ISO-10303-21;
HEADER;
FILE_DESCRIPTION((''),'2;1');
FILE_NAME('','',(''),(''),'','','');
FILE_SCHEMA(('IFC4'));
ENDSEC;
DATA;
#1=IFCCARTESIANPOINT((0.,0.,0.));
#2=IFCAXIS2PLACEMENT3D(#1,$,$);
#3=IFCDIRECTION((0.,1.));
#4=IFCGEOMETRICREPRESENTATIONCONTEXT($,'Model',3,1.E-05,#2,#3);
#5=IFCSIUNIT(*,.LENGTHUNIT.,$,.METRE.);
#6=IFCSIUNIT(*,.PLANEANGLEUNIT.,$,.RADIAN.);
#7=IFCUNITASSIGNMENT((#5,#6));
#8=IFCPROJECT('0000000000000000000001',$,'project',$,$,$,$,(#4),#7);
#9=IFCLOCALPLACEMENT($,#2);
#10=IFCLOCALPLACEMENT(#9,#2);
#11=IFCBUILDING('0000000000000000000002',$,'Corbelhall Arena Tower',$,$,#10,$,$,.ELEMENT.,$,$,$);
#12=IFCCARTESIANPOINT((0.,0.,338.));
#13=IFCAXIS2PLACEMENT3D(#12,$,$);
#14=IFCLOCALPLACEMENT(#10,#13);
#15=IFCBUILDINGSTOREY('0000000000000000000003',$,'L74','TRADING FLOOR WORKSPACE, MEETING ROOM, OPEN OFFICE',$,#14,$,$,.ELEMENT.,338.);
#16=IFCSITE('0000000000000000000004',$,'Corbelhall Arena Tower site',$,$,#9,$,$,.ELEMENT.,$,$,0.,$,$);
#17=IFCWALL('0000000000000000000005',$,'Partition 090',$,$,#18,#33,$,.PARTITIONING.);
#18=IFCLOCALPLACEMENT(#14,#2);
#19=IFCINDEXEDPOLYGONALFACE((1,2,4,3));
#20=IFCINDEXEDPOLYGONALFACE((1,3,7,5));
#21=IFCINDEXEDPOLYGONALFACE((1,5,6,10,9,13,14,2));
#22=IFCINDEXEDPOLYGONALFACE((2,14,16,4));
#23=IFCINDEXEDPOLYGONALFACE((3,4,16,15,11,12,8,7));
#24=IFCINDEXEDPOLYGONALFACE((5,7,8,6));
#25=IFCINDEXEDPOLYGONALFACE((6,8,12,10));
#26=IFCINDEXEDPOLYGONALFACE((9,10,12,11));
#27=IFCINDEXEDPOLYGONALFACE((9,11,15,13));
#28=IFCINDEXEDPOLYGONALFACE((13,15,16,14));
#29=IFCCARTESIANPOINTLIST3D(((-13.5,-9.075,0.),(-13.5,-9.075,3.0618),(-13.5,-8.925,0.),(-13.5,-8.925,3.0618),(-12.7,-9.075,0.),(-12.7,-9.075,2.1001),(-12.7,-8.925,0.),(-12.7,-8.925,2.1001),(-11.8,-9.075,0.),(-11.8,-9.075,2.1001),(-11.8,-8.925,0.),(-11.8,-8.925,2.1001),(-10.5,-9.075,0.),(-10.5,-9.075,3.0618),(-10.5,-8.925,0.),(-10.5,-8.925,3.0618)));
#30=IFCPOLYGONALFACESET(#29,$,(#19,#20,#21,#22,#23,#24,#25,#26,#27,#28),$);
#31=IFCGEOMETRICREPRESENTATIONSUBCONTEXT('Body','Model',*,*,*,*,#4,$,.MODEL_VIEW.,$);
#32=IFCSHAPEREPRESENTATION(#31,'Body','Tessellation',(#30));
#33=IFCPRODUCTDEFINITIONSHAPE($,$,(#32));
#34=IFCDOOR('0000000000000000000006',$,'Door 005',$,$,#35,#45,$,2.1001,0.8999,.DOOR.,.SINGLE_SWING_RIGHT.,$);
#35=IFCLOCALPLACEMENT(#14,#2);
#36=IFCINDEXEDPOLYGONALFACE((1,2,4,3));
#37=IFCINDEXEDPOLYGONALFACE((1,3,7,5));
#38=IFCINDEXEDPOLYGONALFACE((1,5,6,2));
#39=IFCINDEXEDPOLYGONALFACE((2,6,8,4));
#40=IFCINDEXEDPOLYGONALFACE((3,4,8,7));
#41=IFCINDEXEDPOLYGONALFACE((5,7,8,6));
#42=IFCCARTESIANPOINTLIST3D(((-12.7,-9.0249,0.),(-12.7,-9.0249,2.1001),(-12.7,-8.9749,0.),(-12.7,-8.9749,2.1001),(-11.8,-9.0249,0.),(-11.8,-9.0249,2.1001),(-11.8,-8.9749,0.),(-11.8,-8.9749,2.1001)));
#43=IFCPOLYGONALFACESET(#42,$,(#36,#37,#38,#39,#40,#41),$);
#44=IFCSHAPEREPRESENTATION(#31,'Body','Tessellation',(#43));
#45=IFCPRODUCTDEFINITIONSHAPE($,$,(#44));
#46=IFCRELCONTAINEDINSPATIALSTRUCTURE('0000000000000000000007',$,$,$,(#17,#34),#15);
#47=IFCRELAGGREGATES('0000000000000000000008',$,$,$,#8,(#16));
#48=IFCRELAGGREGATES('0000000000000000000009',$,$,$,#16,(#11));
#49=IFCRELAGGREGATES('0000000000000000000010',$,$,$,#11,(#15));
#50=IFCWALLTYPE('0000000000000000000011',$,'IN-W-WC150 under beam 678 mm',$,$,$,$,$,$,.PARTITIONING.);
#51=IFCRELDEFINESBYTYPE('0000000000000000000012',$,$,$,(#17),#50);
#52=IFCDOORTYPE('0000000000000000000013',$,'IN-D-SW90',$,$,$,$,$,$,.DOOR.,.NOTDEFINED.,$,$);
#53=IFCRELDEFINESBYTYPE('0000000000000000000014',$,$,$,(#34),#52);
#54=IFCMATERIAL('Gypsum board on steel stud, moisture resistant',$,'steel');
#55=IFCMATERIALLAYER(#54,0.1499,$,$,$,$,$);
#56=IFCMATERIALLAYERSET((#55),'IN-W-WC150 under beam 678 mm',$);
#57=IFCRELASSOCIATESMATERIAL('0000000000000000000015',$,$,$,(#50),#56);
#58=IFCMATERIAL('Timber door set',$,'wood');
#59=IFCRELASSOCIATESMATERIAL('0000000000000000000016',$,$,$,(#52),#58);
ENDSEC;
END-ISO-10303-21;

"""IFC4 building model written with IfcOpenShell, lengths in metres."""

from ifc_helpers import new_model, si_unit, direction, frame, frame_2d, origin, place, context, subcontext, project, spatial, rectangle, extrude, material, layer, layer_set, type_object, element, fill, save


model = new_model("IFC4")

# Units and contexts
model_context = context("Model", 3, precision=1e-05, world=origin(), true_north=direction((0.0, 1.0)))
body_context = subcontext(model_context, "Body", "Model", "MODEL_VIEW")
ifc_project = project(units=[si_unit("LENGTHUNIT", "METRE"), si_unit("PLANEANGLEUNIT", "RADIAN")], contexts=[model_context])

# Site, building, storey
site_placement = place(None, origin())
site = spatial("IfcSite", under=ifc_project, at=site_placement, Name="Corbelhall Arena Tower site", CompositionType="ELEMENT", RefElevation=0.0)
building_placement = place(site_placement, origin())
building = spatial("IfcBuilding", under=site, at=building_placement, Name="Corbelhall Arena Tower", CompositionType="ELEMENT")
storey_placement = place(building_placement, frame((0.0, 0.0, 338.0)))
storey = spatial("IfcBuildingStorey", under=building, at=storey_placement, Name="L74", Description="TRADING FLOOR WORKSPACE, MEETING ROOM, OPEN OFFICE", CompositionType="ELEMENT", Elevation=338.0)

# Shared definitions
ifc_material_1 = material(Name="Gypsum board on steel stud, moisture resistant", Category="steel")
ifc_layer_1 = layer(ifc_material_1, 0.1499)
ifc_layer_set_1 = layer_set([ifc_layer_1], Name="IN-W-WC150 under beam 678 mm")
wall_type_1 = type_object("IfcWallType", Name="IN-W-WC150 under beam 678 mm", PredefinedType="PARTITIONING", material=ifc_layer_set_1)

# Wall, opening, door
wall_1_placement = place(storey_placement, frame((-10.5, -9.0, 0.0), z_axis=(0.0, 0.0, 1.0), x_axis=(-1.0, 0.0, 0.0)))
wall_1 = element("IfcWall", 1, at=wall_1_placement, inside=storey, type_object=wall_type_1, Name="Partition 090", PredefinedType="PARTITIONING", context=body_context, shape_type="SweptSolid", body=[
    extrude(rectangle(XDim=3.0, YDim=0.1499, at=frame_2d((1.5, 0.0))), origin(), (0.0, 0.0, 1.0), 3.0618),
])
opening_1_placement = place(wall_1_placement, frame((1.3, 0.0, 0.0)))
opening_1 = element("IfcOpeningElement", 2, at=opening_1_placement, cuts=wall_1, PredefinedType="OPENING", context=body_context, shape_type="SweptSolid", body=[
    extrude(rectangle(XDim=0.8999, YDim=2.1001, at=frame_2d((0.45, 1.05))), frame((0.0, 0.075, 0.0), z_axis=(0.0, -1.0, 0.0), x_axis=(1.0, 0.0, 0.0)), (0.0, 0.0, 1.0), 0.1499),
])
ifc_material_2 = material(Name="Timber door set", Category="wood")
door_type_1 = type_object("IfcDoorType", Name="IN-D-SW90", OperationType="NOTDEFINED", PredefinedType="DOOR", material=ifc_material_2)
door_1_placement = place(opening_1_placement, origin())
door_1 = element("IfcDoor", 3, at=door_1_placement, inside=storey, type_object=door_type_1, Name="Door 005", OperationType="SINGLE_SWING_RIGHT", OverallHeight=2.1001, OverallWidth=0.8999, PredefinedType="DOOR", context=body_context, shape_type="SweptSolid", body=[
    extrude(rectangle(XDim=0.8999, YDim=2.1001, at=frame_2d((0.45, 1.05))), frame((0.0, 0.0249, 0.0), z_axis=(0.0, -1.0, 0.0), x_axis=(1.0, 0.0, 0.0)), (0.0, 0.0, 1.0), 0.05),
])
fill(opening_1, door_1)

save(model, "model.ifc")
